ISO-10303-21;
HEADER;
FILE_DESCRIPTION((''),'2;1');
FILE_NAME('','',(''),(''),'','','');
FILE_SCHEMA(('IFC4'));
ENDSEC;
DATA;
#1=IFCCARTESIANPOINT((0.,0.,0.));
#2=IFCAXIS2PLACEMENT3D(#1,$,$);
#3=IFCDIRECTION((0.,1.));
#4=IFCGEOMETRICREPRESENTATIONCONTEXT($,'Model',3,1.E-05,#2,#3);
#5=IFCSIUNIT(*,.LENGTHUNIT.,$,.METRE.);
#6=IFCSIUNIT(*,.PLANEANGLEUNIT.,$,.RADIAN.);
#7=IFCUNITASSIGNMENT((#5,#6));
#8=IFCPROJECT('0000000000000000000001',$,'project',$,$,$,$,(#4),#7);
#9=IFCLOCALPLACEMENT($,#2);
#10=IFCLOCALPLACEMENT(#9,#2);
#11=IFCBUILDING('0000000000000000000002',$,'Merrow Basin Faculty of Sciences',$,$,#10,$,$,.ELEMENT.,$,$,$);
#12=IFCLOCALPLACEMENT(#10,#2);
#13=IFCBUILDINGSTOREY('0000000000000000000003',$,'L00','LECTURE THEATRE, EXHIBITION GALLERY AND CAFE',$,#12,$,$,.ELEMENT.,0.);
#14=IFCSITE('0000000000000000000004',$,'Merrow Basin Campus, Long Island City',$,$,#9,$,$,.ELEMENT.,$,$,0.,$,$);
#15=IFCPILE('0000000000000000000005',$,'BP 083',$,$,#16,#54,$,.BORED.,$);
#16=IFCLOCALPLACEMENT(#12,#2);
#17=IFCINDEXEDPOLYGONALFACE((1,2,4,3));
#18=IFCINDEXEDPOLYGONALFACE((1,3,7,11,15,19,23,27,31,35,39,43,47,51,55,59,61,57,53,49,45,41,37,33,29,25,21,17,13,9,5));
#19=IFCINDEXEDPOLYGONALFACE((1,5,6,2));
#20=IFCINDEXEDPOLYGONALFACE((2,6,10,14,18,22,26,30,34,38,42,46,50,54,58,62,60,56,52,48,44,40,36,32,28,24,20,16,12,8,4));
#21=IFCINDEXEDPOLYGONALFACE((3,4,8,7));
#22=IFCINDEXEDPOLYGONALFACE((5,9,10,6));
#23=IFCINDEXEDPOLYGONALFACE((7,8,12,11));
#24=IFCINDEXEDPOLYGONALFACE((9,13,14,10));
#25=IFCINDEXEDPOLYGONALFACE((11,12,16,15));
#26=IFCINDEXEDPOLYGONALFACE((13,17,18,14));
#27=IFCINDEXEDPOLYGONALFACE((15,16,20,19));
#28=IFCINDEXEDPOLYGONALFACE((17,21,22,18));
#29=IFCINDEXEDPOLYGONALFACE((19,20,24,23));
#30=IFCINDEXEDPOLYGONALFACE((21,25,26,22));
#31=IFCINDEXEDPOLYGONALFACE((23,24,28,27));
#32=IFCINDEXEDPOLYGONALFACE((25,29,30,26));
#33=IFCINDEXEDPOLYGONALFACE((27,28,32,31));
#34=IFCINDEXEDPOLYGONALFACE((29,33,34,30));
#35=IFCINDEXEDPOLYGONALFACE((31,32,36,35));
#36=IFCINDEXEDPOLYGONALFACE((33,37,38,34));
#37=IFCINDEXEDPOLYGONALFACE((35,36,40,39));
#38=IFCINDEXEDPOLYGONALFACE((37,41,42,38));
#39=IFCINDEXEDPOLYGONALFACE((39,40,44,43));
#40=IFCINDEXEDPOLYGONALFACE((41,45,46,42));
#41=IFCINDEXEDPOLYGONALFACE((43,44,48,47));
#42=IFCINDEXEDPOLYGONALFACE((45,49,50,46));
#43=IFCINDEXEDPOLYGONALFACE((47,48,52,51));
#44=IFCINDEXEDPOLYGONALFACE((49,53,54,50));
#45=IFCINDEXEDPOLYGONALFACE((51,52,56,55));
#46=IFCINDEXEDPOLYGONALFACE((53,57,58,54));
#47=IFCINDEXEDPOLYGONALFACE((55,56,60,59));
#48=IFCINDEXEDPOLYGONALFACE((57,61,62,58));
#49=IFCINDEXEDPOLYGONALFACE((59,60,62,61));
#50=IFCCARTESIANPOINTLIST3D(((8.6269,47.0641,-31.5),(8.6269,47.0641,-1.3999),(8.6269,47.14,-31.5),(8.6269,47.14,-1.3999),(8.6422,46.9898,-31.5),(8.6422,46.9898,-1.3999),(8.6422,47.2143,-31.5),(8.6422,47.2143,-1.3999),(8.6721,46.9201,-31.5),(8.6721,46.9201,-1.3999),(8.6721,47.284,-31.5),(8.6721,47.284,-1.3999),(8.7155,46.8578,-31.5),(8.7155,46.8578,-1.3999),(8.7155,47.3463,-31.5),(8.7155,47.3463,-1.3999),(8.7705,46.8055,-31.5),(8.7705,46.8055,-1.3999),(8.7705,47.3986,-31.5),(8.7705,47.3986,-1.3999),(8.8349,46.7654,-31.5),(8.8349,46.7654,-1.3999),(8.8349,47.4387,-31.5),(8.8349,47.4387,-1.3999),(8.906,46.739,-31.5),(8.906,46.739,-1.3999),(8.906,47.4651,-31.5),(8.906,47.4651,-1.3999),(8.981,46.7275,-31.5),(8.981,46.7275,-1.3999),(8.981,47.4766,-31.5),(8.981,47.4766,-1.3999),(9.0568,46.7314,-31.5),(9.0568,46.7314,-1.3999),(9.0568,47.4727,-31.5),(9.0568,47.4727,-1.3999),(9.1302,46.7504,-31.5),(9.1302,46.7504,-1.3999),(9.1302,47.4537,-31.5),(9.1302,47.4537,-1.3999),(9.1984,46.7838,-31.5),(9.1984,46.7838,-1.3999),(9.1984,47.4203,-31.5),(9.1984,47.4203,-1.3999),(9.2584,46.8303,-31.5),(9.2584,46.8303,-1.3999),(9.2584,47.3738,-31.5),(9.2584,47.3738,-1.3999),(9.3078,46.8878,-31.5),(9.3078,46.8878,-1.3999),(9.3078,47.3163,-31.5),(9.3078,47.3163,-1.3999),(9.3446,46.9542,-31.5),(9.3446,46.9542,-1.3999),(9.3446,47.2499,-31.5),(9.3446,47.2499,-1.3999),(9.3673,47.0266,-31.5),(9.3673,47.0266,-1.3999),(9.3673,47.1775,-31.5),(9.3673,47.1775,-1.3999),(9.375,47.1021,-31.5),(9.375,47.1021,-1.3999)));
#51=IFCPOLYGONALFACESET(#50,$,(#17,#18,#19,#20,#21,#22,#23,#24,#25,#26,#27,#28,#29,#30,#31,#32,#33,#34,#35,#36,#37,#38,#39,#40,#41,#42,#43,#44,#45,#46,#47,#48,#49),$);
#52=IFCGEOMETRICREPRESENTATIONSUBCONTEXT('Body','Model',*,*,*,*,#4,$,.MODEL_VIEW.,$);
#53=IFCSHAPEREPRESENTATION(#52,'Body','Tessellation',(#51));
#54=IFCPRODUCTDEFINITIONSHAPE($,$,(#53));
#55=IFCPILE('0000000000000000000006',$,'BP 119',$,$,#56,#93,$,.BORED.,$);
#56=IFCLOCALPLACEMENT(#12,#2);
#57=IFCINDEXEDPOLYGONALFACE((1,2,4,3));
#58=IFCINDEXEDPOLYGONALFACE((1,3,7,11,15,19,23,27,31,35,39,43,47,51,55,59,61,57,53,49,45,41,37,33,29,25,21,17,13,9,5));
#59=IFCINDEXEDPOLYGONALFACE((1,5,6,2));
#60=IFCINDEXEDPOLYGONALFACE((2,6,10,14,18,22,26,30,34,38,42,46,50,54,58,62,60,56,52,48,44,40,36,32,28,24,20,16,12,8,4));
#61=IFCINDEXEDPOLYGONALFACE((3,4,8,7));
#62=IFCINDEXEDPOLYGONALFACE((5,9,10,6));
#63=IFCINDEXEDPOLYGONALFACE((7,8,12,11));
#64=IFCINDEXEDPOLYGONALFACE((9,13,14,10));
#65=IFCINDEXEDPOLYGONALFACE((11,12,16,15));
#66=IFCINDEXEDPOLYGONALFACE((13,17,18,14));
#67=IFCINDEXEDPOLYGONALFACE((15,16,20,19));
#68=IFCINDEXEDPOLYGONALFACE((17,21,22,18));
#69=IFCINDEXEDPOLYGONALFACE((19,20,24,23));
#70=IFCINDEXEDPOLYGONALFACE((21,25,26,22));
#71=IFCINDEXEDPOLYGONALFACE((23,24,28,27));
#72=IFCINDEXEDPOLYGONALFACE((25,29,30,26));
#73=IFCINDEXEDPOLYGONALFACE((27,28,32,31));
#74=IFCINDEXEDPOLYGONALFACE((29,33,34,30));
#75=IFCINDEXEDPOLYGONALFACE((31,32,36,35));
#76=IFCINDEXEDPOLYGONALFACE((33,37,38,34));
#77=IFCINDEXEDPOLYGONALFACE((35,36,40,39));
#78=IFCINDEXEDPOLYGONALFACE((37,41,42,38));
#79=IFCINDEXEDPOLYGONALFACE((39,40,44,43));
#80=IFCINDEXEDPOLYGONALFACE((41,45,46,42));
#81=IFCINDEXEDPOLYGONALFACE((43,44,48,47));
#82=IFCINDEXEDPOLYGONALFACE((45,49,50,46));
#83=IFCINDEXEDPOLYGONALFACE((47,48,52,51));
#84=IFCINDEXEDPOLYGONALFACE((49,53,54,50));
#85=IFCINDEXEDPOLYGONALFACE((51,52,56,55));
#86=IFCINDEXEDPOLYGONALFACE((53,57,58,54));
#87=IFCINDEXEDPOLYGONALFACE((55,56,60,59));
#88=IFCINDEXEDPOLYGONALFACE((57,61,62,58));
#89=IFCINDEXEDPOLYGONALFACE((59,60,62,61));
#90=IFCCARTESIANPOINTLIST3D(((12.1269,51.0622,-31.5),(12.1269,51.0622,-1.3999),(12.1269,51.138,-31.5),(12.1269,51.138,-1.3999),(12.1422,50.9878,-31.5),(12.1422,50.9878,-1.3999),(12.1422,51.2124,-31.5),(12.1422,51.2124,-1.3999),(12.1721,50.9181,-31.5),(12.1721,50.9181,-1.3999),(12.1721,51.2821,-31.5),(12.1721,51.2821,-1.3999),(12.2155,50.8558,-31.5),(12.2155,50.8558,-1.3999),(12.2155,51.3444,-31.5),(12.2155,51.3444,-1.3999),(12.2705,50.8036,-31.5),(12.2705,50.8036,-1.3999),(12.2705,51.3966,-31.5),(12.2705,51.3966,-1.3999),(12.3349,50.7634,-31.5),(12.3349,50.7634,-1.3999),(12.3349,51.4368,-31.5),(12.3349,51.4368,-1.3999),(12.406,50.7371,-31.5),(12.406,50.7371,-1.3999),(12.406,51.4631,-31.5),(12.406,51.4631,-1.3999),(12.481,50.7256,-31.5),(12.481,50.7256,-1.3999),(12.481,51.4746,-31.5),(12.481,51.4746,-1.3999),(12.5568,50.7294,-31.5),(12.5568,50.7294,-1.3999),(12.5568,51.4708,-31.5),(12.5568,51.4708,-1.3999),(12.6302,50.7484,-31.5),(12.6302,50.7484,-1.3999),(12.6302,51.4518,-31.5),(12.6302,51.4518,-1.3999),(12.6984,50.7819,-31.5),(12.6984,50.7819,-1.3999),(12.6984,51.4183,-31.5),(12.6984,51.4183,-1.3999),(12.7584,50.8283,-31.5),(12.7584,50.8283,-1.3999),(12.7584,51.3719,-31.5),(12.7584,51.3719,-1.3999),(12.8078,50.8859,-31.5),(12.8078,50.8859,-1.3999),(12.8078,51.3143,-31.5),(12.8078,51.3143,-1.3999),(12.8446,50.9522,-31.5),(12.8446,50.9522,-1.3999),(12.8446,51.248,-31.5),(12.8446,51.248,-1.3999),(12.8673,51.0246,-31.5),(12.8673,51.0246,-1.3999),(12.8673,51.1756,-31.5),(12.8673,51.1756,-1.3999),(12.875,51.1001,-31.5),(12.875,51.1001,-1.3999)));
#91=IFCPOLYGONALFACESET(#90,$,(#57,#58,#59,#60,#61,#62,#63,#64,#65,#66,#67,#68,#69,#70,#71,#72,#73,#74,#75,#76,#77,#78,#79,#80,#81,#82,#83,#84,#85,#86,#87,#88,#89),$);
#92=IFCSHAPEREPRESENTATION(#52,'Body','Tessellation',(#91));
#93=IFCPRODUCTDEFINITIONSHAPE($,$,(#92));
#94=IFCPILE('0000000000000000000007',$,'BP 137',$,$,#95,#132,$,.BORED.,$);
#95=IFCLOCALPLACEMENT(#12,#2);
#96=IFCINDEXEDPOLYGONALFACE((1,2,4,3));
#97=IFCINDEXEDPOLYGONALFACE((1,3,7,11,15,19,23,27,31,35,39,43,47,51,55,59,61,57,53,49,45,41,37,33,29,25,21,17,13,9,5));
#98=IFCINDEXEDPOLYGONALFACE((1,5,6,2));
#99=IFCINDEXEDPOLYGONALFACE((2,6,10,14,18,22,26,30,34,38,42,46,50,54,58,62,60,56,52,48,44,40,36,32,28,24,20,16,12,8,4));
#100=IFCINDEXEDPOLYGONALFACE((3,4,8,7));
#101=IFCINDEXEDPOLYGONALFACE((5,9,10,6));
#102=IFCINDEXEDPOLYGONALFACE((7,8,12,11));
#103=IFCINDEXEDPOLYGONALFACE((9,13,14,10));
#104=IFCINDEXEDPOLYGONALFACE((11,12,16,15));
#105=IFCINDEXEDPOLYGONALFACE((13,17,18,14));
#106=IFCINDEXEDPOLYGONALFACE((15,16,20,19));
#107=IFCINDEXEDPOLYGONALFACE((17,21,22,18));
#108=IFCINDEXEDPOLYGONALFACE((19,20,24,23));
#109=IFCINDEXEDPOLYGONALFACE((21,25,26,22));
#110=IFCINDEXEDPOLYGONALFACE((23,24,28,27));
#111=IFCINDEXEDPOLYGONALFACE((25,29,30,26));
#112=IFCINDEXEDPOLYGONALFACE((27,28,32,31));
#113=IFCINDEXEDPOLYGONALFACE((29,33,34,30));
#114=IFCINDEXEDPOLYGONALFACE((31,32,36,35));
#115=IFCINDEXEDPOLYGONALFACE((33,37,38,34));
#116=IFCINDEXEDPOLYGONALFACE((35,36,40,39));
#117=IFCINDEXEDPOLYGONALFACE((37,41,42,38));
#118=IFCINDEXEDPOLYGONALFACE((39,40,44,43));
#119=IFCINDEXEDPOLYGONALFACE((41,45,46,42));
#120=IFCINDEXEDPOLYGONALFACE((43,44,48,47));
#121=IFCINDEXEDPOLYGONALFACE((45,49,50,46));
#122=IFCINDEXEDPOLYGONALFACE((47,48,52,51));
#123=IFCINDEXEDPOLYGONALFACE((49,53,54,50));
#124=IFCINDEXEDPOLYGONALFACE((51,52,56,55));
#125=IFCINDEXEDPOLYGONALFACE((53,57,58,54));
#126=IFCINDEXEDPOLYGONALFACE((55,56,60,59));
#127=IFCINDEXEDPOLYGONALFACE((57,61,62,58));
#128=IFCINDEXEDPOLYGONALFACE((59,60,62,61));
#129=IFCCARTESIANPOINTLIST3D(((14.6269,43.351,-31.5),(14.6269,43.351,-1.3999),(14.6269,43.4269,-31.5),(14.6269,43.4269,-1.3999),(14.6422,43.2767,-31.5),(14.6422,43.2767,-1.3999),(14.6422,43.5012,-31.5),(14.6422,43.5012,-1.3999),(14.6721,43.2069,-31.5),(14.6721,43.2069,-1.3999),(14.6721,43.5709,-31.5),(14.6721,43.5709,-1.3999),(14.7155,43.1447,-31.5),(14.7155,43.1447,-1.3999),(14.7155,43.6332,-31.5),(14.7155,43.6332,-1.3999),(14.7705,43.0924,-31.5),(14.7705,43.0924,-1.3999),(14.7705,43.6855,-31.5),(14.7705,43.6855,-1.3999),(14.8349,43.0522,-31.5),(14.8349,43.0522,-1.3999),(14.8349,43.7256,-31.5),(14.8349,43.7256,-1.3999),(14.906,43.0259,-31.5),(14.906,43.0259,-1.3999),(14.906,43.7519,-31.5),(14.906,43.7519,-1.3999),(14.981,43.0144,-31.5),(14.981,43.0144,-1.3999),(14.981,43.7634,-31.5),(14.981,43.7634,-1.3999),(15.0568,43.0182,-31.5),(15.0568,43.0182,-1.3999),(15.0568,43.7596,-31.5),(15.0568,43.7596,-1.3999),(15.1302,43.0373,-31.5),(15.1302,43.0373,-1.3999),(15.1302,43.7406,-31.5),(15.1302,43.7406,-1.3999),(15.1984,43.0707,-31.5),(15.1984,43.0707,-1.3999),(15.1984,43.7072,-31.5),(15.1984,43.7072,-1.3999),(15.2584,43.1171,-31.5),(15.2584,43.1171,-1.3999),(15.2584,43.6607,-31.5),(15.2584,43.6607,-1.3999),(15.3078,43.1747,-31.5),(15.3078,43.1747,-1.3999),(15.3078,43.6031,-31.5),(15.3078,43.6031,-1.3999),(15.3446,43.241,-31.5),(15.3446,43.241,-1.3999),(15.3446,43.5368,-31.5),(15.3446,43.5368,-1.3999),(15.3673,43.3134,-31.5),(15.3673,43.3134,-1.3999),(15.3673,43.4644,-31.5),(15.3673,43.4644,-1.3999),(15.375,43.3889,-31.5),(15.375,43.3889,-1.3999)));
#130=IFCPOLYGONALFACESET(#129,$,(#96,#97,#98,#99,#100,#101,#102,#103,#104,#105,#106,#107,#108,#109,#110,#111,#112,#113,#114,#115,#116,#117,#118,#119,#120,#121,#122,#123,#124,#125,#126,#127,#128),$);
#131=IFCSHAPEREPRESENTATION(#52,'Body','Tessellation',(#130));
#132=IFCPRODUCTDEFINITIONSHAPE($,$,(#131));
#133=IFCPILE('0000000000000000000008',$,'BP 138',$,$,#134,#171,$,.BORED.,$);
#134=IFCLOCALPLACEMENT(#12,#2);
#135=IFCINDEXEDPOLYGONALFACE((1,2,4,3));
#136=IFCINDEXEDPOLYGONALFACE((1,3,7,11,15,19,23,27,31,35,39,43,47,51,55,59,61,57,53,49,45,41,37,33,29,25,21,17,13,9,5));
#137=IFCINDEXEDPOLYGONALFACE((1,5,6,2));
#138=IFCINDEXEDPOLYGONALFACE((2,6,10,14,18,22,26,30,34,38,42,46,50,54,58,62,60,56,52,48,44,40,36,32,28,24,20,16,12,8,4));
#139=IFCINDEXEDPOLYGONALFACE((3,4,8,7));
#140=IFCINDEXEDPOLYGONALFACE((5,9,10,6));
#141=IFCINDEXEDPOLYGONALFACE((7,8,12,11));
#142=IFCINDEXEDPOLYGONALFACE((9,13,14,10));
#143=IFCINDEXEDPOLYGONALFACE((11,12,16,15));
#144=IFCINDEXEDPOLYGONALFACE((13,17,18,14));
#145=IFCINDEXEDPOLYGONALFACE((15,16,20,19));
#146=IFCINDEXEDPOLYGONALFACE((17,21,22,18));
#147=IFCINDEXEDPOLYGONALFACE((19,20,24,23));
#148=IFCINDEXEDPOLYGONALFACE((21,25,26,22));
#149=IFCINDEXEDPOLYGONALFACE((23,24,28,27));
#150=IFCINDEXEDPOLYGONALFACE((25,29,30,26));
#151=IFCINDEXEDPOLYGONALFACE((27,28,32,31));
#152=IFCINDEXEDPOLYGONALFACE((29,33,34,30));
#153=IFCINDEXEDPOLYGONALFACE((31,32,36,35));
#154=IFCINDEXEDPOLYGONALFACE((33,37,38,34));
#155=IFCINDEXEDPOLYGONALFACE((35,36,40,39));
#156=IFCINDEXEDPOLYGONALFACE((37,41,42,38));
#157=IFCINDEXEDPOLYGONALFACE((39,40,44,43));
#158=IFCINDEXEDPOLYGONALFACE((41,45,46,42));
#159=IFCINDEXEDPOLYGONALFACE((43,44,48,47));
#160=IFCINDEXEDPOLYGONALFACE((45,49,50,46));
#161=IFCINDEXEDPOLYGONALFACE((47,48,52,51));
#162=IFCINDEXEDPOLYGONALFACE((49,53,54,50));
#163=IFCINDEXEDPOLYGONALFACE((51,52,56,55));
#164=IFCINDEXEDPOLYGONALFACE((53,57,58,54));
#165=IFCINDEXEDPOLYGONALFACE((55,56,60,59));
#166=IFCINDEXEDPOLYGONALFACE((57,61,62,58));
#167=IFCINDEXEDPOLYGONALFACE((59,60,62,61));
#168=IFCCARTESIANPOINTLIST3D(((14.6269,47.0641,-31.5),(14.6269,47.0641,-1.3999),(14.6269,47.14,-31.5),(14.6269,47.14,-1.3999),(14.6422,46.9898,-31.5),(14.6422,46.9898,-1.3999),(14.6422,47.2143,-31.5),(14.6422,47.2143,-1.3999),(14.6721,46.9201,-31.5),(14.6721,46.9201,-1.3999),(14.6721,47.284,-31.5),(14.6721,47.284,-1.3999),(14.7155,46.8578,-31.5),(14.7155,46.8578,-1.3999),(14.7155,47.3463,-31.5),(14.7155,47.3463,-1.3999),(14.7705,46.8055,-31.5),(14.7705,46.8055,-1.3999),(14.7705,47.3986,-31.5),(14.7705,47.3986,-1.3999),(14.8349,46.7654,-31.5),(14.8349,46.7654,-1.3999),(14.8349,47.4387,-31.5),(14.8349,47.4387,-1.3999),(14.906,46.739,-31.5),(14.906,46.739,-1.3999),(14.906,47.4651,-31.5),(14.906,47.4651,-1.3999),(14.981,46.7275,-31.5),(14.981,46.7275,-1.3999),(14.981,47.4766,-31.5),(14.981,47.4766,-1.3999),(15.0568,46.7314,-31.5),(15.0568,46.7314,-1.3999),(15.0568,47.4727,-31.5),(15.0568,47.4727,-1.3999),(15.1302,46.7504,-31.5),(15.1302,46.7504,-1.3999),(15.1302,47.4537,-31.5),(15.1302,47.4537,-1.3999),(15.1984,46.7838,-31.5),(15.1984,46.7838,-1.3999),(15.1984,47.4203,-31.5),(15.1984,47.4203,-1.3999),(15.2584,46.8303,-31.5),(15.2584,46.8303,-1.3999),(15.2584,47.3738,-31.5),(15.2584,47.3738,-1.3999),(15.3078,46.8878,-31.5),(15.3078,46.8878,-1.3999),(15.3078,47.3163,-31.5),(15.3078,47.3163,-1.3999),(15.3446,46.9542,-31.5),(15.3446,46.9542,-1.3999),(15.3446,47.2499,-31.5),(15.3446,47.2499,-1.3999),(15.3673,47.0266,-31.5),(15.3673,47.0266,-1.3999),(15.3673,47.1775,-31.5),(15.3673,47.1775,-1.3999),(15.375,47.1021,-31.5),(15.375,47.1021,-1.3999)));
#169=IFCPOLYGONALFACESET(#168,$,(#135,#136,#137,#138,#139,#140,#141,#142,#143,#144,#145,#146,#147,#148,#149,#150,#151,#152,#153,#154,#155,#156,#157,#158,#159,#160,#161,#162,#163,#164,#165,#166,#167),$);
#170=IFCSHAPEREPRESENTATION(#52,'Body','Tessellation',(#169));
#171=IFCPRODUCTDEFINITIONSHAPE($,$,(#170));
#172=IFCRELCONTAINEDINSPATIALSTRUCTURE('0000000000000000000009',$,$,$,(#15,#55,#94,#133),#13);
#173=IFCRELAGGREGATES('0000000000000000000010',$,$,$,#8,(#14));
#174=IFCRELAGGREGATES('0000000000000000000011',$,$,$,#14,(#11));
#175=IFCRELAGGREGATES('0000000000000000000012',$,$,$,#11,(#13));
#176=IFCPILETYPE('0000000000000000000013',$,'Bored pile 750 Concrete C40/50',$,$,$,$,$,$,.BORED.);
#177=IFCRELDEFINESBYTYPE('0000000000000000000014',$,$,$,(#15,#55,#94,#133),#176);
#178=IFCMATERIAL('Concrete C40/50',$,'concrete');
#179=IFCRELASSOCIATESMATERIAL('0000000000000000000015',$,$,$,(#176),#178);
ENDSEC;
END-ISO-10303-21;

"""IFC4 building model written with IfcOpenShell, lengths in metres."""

from ifc_helpers import new_model, si_unit, direction, frame, origin, origin_2d, place, context, subcontext, project, spatial, circle, extrude, material, material_profile, profile_set, type_object, element, save


model = new_model("IFC4")

# Units and contexts
model_context = context("Model", 3, precision=1e-05, world=origin(), true_north=direction((0.0, 1.0)))
body_context = subcontext(model_context, "Body", "Model", "MODEL_VIEW")
ifc_project = project(units=[si_unit("LENGTHUNIT", "METRE"), si_unit("PLANEANGLEUNIT", "RADIAN")], contexts=[model_context])

# Site, building, storey
site_placement = place(None, origin())
site = spatial("IfcSite", under=ifc_project, at=site_placement, Name="Merrow Basin Campus, Long Island City", CompositionType="ELEMENT", RefElevation=0.0)
building_placement = place(site_placement, origin())
building = spatial("IfcBuilding", under=site, at=building_placement, Name="Merrow Basin Faculty of Sciences", CompositionType="ELEMENT")
storey_placement = place(building_placement, origin())
storey = spatial("IfcBuildingStorey", under=building, at=storey_placement, Name="L00", Description="LECTURE THEATRE, EXHIBITION GALLERY AND CAFE", CompositionType="ELEMENT", Elevation=0.0)

# Piles
ifc_material_1 = material(Name="Concrete C40/50", Category="concrete")
ifc_material_profile_1 = material_profile(ifc_material_1, circle(Radius=0.375, at=origin_2d()))
ifc_profile_set_1 = profile_set([ifc_material_profile_1], Name="Concrete C40/50")
pile_type_1 = type_object("IfcPileType", Name="Bored pile 750 Concrete C40/50", PredefinedType="BORED", material=ifc_profile_set_1)
for number, where, z_axis, x_axis, name in (
    (1, (9.0, 47.1021, -1.3999), (0.0, 0.0, -1.0), (1.0, 0.0, 0.0), "BP 083"),
    (2, (12.5, 51.1001, -1.3999), (0.0, 0.0, -1.0), (1.0, 0.0, 0.0), "BP 119"),
    (3, (15.0, 43.3889, -1.3999), (0.0, 0.0, -1.0), (1.0, 0.0, 0.0), "BP 137"),
    (4, (15.0, 47.1021, -1.3999), (0.0, 0.0, -1.0), (1.0, 0.0, 0.0), "BP 138"),
):
    element("IfcPile", number, at=place(storey_placement, frame(where, z_axis=z_axis, x_axis=x_axis)), inside=storey, type_object=pile_type_1, Name=name, PredefinedType="BORED", context=body_context, shape_type="SweptSolid", body=[
        extrude(circle(Radius=0.375, at=origin_2d()), origin(), (0.0, 0.0, 1.0), 30.1001),
    ])

save(model, "model.ifc")
